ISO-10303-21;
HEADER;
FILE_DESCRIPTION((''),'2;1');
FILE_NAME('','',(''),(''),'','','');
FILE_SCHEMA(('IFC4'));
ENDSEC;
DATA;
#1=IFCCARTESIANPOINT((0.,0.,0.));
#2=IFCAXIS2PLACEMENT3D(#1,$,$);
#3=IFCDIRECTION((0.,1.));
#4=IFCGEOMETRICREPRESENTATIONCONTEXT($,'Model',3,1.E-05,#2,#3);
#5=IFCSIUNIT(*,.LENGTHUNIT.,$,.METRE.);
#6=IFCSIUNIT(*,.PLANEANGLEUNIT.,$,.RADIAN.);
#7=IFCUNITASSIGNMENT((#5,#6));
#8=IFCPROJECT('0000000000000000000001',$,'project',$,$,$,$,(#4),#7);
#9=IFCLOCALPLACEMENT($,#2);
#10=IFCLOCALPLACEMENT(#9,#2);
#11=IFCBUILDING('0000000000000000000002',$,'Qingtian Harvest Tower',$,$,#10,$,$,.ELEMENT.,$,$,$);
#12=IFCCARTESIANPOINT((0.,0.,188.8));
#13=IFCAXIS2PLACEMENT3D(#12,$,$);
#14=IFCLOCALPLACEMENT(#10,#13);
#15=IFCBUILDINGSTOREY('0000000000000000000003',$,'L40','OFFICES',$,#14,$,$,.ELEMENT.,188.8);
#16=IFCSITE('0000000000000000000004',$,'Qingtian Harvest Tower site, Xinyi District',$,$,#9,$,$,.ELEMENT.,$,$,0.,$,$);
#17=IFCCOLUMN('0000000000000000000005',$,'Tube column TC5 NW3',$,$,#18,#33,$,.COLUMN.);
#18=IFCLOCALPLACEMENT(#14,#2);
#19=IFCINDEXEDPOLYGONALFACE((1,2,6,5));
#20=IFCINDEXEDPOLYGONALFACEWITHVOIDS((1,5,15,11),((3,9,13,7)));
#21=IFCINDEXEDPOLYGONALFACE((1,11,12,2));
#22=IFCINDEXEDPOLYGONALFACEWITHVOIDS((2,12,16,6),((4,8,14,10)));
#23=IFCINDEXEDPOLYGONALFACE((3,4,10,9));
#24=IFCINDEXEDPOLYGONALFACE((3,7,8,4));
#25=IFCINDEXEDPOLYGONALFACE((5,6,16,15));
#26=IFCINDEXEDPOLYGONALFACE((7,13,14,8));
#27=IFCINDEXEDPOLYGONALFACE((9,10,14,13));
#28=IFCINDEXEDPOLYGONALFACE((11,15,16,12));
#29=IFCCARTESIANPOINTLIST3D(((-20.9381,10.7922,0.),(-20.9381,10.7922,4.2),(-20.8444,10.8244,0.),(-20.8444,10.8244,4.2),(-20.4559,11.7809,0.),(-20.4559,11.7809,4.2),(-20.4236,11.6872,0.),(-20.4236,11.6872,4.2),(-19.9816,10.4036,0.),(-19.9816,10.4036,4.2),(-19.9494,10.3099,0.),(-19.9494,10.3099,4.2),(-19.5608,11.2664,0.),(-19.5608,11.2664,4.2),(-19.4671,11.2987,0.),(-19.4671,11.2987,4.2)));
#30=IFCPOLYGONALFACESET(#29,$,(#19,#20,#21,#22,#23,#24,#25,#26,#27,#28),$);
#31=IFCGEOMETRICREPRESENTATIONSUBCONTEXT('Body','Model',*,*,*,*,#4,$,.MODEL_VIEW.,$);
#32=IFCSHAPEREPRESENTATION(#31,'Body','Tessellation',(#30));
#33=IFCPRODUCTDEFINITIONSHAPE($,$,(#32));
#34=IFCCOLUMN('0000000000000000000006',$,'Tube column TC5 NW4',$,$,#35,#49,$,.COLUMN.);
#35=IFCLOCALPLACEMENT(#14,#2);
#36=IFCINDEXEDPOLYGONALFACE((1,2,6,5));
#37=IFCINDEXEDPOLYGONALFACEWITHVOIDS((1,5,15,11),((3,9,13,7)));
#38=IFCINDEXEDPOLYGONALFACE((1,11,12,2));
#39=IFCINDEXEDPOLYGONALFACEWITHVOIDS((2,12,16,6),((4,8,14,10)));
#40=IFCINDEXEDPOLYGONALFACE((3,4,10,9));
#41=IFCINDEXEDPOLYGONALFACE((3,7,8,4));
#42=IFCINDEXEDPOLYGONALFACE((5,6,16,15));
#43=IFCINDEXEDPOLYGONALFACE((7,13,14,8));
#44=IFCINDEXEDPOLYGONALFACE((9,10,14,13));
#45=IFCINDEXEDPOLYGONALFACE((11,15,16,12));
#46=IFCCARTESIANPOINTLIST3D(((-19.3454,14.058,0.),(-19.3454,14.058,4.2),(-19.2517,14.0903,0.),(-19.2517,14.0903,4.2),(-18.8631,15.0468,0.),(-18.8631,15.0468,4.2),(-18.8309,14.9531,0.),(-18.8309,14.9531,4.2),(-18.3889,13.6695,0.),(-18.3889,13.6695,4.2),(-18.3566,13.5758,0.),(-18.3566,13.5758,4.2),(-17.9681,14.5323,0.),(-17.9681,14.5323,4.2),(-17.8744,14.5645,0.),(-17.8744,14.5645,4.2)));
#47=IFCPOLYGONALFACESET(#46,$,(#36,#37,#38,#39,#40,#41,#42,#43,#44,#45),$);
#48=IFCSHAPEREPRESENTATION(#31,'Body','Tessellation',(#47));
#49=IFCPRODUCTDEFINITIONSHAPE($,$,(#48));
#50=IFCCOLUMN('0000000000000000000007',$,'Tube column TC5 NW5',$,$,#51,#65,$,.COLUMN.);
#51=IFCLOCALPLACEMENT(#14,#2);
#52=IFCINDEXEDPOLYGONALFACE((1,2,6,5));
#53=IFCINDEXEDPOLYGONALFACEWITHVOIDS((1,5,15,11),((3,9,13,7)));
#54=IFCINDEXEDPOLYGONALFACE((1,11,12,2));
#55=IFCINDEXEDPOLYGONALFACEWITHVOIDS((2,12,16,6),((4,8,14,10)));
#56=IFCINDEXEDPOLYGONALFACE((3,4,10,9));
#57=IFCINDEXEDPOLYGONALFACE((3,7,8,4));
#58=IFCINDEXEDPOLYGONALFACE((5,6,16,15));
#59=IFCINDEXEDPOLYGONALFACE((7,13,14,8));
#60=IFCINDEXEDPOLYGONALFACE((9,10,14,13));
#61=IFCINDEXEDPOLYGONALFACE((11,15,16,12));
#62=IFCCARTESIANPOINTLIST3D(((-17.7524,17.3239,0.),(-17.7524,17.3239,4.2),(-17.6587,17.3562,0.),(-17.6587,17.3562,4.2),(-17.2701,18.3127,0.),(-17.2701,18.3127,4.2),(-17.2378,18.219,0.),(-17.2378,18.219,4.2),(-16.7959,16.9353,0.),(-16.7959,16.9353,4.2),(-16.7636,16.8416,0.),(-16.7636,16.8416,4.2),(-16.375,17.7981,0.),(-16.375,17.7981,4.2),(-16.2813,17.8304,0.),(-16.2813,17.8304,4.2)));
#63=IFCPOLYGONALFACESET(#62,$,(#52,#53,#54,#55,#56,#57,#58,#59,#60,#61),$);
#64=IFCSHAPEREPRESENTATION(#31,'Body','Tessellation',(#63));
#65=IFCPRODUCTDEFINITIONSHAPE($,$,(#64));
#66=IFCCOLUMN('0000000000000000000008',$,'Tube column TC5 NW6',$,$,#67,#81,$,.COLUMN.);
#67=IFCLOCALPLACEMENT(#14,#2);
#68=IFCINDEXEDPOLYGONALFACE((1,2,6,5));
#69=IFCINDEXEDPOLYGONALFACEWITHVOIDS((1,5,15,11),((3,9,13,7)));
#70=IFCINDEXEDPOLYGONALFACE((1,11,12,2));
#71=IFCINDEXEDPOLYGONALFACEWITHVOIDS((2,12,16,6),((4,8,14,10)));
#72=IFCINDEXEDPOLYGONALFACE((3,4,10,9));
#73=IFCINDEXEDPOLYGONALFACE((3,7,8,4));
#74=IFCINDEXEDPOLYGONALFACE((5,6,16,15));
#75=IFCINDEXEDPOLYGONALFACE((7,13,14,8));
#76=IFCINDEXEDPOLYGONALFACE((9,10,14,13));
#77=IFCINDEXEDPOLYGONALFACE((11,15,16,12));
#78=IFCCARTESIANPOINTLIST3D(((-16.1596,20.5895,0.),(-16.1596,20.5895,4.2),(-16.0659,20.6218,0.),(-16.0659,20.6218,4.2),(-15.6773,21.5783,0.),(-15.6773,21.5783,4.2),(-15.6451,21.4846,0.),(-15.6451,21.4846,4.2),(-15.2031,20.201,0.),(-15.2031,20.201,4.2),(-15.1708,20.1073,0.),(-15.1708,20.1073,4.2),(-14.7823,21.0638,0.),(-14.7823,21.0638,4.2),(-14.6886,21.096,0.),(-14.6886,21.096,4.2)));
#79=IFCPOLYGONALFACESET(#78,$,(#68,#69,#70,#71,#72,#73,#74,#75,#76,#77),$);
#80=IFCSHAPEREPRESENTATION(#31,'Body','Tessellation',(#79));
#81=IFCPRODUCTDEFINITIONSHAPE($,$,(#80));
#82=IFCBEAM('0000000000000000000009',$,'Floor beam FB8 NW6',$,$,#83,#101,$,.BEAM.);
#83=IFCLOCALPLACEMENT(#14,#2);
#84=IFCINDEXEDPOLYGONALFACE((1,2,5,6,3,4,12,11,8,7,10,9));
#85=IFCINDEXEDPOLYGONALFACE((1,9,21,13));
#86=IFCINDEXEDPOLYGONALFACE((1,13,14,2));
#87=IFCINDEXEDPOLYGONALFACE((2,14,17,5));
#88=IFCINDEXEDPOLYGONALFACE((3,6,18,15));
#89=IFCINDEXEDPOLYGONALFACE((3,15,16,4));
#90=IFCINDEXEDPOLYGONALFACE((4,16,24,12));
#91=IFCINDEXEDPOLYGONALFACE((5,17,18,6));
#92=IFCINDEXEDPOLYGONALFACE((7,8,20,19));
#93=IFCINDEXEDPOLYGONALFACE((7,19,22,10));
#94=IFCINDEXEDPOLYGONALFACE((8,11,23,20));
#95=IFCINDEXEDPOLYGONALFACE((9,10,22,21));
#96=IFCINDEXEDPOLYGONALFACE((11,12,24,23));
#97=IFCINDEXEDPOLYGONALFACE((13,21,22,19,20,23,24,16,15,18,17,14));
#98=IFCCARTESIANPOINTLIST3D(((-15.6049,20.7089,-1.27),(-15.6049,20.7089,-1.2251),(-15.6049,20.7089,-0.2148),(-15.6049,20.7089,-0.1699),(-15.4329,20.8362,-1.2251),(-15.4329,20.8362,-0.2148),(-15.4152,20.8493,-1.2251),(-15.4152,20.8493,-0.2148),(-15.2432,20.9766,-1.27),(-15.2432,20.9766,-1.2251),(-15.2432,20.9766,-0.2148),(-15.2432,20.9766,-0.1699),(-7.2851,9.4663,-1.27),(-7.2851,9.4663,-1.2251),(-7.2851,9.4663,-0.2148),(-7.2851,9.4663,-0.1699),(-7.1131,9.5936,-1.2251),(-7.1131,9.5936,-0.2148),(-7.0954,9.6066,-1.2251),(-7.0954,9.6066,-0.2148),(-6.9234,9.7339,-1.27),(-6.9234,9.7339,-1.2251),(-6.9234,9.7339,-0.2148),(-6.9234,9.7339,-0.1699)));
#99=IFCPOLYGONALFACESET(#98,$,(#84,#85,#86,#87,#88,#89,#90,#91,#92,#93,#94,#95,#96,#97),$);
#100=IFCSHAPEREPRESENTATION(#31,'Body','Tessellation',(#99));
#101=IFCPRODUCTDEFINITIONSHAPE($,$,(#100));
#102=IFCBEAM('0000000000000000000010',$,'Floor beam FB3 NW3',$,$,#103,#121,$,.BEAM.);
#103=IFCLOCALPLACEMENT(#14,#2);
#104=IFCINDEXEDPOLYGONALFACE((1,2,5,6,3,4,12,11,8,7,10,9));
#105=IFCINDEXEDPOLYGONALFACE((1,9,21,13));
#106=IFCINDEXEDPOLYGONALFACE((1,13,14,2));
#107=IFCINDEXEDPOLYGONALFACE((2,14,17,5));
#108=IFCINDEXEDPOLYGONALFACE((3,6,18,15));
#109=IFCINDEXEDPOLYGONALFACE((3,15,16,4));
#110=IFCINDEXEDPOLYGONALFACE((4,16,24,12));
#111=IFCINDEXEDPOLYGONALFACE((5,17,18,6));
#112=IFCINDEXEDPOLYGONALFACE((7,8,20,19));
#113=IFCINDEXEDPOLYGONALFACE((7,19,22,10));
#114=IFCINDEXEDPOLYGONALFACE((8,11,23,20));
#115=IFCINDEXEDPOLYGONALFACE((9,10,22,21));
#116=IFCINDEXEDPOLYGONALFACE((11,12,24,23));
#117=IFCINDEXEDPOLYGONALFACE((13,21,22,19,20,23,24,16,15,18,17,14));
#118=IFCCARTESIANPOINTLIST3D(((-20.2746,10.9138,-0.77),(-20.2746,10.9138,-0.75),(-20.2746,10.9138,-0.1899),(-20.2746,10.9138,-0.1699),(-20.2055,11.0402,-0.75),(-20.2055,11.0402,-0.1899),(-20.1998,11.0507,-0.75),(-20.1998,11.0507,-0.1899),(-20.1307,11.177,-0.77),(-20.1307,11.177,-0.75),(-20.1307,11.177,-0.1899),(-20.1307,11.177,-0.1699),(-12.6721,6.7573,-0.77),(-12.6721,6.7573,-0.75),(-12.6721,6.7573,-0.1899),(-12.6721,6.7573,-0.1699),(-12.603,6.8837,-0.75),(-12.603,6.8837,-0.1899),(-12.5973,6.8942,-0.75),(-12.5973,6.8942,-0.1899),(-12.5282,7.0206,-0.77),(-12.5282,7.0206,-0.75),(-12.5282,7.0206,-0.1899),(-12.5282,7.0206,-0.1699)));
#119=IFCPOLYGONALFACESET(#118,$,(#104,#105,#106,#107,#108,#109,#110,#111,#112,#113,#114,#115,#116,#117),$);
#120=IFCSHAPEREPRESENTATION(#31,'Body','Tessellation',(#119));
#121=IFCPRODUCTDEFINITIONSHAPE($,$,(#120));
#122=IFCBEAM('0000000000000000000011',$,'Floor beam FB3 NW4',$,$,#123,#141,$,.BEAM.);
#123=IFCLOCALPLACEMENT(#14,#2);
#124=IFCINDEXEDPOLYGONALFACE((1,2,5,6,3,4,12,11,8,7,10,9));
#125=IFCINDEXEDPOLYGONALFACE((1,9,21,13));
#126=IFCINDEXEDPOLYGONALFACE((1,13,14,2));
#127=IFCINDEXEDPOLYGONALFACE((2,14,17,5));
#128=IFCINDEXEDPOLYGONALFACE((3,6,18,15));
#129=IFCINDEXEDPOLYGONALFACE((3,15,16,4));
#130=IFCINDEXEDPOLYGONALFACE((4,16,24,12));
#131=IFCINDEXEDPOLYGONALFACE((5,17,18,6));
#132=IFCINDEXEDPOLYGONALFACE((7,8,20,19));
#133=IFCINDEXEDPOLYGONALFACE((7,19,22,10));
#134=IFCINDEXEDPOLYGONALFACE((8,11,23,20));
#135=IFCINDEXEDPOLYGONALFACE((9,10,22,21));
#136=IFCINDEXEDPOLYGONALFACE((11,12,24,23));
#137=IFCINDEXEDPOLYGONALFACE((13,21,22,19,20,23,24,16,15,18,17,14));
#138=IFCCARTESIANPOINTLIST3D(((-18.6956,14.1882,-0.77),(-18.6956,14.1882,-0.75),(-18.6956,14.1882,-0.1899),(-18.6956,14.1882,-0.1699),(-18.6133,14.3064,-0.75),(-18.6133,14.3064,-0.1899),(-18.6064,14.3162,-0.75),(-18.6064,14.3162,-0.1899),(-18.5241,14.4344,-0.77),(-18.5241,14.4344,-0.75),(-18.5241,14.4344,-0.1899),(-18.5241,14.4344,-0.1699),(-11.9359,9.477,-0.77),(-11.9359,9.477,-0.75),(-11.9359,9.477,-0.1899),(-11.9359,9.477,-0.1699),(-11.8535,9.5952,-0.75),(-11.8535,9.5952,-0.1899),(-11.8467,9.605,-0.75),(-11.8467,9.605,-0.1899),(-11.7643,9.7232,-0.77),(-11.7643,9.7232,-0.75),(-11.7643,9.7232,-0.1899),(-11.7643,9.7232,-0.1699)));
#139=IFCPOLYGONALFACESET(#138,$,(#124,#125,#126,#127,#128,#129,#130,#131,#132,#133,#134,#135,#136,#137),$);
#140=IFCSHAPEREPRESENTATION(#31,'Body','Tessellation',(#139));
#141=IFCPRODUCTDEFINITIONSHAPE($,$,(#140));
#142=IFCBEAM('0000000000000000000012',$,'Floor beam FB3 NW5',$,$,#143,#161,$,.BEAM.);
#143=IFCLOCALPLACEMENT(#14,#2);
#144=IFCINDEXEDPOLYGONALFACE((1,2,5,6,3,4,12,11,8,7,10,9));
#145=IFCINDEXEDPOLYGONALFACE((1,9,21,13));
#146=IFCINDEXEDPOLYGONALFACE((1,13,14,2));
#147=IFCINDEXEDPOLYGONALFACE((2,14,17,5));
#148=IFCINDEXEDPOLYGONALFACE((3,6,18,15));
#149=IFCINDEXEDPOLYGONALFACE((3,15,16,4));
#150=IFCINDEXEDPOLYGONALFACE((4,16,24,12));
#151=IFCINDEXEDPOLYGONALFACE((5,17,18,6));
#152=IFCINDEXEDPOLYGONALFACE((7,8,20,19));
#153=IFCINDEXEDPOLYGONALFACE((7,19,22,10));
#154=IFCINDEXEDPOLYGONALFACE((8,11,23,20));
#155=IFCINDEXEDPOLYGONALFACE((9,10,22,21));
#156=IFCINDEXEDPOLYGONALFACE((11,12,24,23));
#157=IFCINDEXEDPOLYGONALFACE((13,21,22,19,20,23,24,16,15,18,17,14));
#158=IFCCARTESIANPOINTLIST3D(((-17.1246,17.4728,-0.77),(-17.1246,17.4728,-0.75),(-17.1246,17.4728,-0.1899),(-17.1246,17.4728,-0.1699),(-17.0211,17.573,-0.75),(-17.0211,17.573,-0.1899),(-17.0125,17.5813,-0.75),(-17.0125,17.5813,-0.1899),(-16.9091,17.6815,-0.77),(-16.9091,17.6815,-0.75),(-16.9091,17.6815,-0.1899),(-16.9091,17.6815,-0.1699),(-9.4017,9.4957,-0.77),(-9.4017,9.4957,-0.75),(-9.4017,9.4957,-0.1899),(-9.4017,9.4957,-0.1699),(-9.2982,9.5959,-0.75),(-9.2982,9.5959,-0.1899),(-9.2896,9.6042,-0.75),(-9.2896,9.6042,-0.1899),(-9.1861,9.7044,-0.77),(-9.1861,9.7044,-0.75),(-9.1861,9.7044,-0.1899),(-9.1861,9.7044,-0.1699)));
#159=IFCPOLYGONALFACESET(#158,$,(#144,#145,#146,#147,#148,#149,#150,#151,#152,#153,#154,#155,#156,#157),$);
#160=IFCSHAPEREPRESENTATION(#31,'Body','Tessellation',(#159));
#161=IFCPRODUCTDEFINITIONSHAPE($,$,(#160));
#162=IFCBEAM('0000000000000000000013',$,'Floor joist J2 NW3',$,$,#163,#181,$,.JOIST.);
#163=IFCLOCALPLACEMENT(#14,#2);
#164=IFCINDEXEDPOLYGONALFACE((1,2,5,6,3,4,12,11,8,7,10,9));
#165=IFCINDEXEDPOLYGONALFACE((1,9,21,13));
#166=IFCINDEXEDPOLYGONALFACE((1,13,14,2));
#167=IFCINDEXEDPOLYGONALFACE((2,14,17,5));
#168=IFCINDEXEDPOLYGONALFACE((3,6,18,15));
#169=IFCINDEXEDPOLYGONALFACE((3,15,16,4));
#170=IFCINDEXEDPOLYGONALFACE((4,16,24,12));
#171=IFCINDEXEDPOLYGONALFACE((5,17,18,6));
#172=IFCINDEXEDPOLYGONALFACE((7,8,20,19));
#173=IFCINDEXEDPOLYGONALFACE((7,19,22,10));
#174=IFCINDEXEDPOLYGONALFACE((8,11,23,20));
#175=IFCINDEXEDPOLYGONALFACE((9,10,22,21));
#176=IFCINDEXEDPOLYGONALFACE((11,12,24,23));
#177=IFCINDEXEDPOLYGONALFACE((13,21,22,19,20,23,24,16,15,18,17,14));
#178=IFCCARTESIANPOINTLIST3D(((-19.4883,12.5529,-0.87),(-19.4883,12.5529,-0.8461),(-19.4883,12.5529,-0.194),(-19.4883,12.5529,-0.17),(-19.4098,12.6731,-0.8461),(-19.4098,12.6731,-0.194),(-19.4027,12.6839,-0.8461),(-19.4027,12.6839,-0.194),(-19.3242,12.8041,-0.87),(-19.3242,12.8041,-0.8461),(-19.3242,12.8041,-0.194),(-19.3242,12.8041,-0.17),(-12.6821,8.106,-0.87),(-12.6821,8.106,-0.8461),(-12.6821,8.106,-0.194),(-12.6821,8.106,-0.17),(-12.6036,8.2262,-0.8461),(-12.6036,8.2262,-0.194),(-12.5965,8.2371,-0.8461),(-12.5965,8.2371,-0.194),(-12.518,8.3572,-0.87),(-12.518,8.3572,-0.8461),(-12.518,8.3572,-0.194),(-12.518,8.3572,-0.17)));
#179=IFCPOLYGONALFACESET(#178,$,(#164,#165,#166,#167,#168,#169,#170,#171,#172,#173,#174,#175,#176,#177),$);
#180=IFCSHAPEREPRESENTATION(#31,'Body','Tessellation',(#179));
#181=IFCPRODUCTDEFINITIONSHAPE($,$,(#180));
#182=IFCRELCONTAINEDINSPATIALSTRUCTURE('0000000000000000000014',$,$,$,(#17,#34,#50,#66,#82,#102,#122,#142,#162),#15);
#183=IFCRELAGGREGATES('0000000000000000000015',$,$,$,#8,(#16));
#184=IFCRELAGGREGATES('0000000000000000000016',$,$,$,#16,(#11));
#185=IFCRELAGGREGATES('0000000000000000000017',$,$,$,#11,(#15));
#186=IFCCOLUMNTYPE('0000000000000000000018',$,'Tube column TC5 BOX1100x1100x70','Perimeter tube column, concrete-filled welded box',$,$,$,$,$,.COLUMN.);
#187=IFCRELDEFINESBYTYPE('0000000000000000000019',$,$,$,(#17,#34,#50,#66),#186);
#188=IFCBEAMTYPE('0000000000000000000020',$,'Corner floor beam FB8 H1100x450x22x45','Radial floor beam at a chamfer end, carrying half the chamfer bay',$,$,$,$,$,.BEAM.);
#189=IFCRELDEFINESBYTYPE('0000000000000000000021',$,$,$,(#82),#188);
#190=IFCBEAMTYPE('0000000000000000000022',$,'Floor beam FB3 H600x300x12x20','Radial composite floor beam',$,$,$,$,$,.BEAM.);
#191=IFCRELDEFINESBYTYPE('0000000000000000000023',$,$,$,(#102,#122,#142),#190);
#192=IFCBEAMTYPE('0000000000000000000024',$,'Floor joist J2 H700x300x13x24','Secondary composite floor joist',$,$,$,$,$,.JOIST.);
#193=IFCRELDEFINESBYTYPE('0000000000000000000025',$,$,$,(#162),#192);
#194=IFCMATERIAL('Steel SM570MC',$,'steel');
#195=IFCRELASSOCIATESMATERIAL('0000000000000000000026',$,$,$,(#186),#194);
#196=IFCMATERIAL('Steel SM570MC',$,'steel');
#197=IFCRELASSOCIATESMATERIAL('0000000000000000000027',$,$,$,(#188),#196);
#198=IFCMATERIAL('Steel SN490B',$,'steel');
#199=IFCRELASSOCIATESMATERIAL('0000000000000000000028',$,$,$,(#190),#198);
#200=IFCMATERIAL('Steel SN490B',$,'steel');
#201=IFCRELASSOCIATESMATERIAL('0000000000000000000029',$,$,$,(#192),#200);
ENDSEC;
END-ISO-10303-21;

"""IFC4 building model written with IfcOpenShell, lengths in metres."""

from ifc_helpers import new_model, si_unit, direction, frame, origin, origin_2d, place, context, subcontext, project, spatial, hollow_rectangle, i_section, extrude, material, material_profile, profile_set, type_object, element, save


model = new_model("IFC4")

# Units and contexts
model_context = context("Model", 3, precision=1e-05, world=origin(), true_north=direction((0.0, 1.0)))
body_context = subcontext(model_context, "Body", "Model", "MODEL_VIEW")
ifc_project = project(units=[si_unit("LENGTHUNIT", "METRE"), si_unit("PLANEANGLEUNIT", "RADIAN")], contexts=[model_context])

# Site, building, storey
site_placement = place(None, origin())
site = spatial("IfcSite", under=ifc_project, at=site_placement, Name="Qingtian Harvest Tower site, Xinyi District", CompositionType="ELEMENT", RefElevation=0.0)
building_placement = place(site_placement, origin())
building = spatial("IfcBuilding", under=site, at=building_placement, Name="Qingtian Harvest Tower", CompositionType="ELEMENT")
storey_placement = place(building_placement, frame((0.0, 0.0, 188.8)))
storey = spatial("IfcBuildingStorey", under=building, at=storey_placement, Name="L40", Description="OFFICES", CompositionType="ELEMENT", Elevation=188.8)

# Columns
ifc_material_1 = material(Name="Steel SM570MC", Category="steel")
ifc_material_profile_1 = material_profile(ifc_material_1, hollow_rectangle(XDim=1.1001, YDim=1.1001, WallThickness=0.0701, at=origin_2d()), Name="BOX1100x1100x70")
ifc_profile_set_1 = profile_set([ifc_material_profile_1], Name="Steel SM570MC")
column_type = type_object("IfcColumnType", Name="Tube column TC5 BOX1100x1100x70", Description="Perimeter tube column, concrete-filled welded box", PredefinedType="COLUMN", material=ifc_profile_set_1)
for number, where, z_axis, x_axis, name in (
    (1, (-20.2026, 11.0454, 0.0), (0.0, 0.0, 1.0), (-0.438371, -0.898794, 0.0), "Tube column TC5 NW3"),
    (2, (-18.6099, 14.3113, 0.0), (0.0, 0.0, 1.0), (-0.438371, -0.898794, 0.0), "Tube column TC5 NW4"),
    (3, (-17.0168, 17.5771, 0.0), (0.0, 0.0, 1.0), (-0.438371, -0.898794, 0.0), "Tube column TC5 NW5"),
    (4, (-15.4241, 20.8428, 0.0), (0.0, 0.0, 1.0), (-0.438371, -0.898794, 0.0), "Tube column TC5 NW6"),
):
    element("IfcColumn", number, at=place(storey_placement, frame(where, z_axis=z_axis, x_axis=x_axis)), inside=storey, type_object=column_type, Name=name, PredefinedType="COLUMN", context=body_context, shape_type="SweptSolid", body=[
        extrude(hollow_rectangle(XDim=1.1001, YDim=1.1001, WallThickness=0.0701, at=origin_2d()), origin(), (0.0, 0.0, 1.0), 4.2),
    ])

# Beams
ifc_material_2 = material(Name="Steel SM570MC", Category="steel")
ifc_material_profile_2 = material_profile(ifc_material_2, i_section(OverallWidth=0.45, OverallDepth=1.1001, WebThickness=0.022, FlangeThickness=0.0449, at=origin_2d()), Name="H1100x450x22x45")
ifc_profile_set_2 = profile_set([ifc_material_profile_2], Name="Steel SM570MC")
beam_type_1 = type_object("IfcBeamType", Name="Corner floor beam FB8 H1100x450x22x45", Description="Radial floor beam at a chamfer end, carrying half the chamfer bay", PredefinedType="BEAM", material=ifc_profile_set_2)
beam_1_placement = place(storey_placement, frame((-15.4241, 20.8428, -0.72), z_axis=(0.594854, -0.803834, 0.0), x_axis=(0.803834, 0.594854, 0.0)))
element("IfcBeam", 5, at=beam_1_placement, inside=storey, type_object=beam_type_1, Name="Floor beam FB8 NW6", PredefinedType="BEAM", context=body_context, shape_type="SweptSolid", body=[
    extrude(i_section(OverallWidth=0.45, OverallDepth=1.1001, WebThickness=0.022, FlangeThickness=0.0449, at=origin_2d()), origin(), (0.0, 0.0, 1.0), 13.9863),
])
ifc_material_3 = material(Name="Steel SN490B", Category="steel")
ifc_material_profile_3 = material_profile(ifc_material_3, i_section(OverallWidth=0.3, OverallDepth=0.6001, WebThickness=0.012, FlangeThickness=0.02, at=origin_2d()), Name="H600x300x12x20")
ifc_profile_set_3 = profile_set([ifc_material_profile_3], Name="Steel SN490B")
beam_type_2 = type_object("IfcBeamType", Name="Floor beam FB3 H600x300x12x20", Description="Radial composite floor beam", PredefinedType="BEAM", material=ifc_profile_set_3)
beam_2_placement = place(storey_placement, frame((-20.2026, 11.0454, -0.47), z_axis=(0.877427, -0.479711, 0.0), x_axis=(0.479711, 0.877427, 0.0)))
element("IfcBeam", 6, at=beam_2_placement, inside=storey, type_object=beam_type_2, Name="Floor beam FB3 NW3", PredefinedType="BEAM", context=body_context, shape_type="SweptSolid", body=[
    extrude(i_section(OverallWidth=0.3, OverallDepth=0.6001, WebThickness=0.012, FlangeThickness=0.02, at=origin_2d()), origin(), (0.0, 0.0, 1.0), 8.6646),
])
beam_3_placement = place(storey_placement, frame((-18.6099, 14.3113, -0.47), z_axis=(0.820408, -0.571779, 0.0), x_axis=(0.571779, 0.820408, 0.0)))
element("IfcBeam", 7, at=beam_3_placement, inside=storey, type_object=beam_type_2, Name="Floor beam FB3 NW4", PredefinedType="BEAM", context=body_context, shape_type="SweptSolid", body=[
    extrude(i_section(OverallWidth=0.3, OverallDepth=0.6001, WebThickness=0.012, FlangeThickness=0.02, at=origin_2d()), origin(), (0.0, 0.0, 1.0), 8.2395),
])
beam_4_placement = place(storey_placement, frame((-17.0168, 17.5771, -0.47), z_axis=(0.695569, -0.718459, 0.0), x_axis=(0.718459, 0.695569, 0.0)))
element("IfcBeam", 8, at=beam_4_placement, inside=storey, type_object=beam_type_2, Name="Floor beam FB3 NW5", PredefinedType="BEAM", context=body_context, shape_type="SweptSolid", body=[
    extrude(i_section(OverallWidth=0.3, OverallDepth=0.6001, WebThickness=0.012, FlangeThickness=0.02, at=origin_2d()), origin(), (0.0, 0.0, 1.0), 11.103),
])
ifc_material_4 = material(Name="Steel SN490B", Category="steel")
ifc_material_profile_4 = material_profile(ifc_material_4, i_section(OverallWidth=0.3, OverallDepth=0.7, WebThickness=0.0129, FlangeThickness=0.0239, at=origin_2d()), Name="H700x300x13x24")
ifc_profile_set_4 = profile_set([ifc_material_profile_4], Name="Steel SN490B")
beam_type_3 = type_object("IfcBeamType", Name="Floor joist J2 H700x300x13x24", Description="Secondary composite floor joist", PredefinedType="JOIST", material=ifc_profile_set_4)
beam_5_placement = place(storey_placement, frame((-19.4062, 12.6785, -0.52), z_axis=(0.837161, -0.546956, 0.0), x_axis=(0.546956, 0.837161, 0.0)))
element("IfcBeam", 9, at=beam_5_placement, inside=storey, type_object=beam_type_3, Name="Floor joist J2 NW3", PredefinedType="JOIST", context=body_context, shape_type="SweptSolid", body=[
    extrude(i_section(OverallWidth=0.3, OverallDepth=0.7, WebThickness=0.0129, FlangeThickness=0.0239, at=origin_2d()), origin(), (0.0, 0.0, 1.0), 8.1301),
])

save(model, "model.ifc")
